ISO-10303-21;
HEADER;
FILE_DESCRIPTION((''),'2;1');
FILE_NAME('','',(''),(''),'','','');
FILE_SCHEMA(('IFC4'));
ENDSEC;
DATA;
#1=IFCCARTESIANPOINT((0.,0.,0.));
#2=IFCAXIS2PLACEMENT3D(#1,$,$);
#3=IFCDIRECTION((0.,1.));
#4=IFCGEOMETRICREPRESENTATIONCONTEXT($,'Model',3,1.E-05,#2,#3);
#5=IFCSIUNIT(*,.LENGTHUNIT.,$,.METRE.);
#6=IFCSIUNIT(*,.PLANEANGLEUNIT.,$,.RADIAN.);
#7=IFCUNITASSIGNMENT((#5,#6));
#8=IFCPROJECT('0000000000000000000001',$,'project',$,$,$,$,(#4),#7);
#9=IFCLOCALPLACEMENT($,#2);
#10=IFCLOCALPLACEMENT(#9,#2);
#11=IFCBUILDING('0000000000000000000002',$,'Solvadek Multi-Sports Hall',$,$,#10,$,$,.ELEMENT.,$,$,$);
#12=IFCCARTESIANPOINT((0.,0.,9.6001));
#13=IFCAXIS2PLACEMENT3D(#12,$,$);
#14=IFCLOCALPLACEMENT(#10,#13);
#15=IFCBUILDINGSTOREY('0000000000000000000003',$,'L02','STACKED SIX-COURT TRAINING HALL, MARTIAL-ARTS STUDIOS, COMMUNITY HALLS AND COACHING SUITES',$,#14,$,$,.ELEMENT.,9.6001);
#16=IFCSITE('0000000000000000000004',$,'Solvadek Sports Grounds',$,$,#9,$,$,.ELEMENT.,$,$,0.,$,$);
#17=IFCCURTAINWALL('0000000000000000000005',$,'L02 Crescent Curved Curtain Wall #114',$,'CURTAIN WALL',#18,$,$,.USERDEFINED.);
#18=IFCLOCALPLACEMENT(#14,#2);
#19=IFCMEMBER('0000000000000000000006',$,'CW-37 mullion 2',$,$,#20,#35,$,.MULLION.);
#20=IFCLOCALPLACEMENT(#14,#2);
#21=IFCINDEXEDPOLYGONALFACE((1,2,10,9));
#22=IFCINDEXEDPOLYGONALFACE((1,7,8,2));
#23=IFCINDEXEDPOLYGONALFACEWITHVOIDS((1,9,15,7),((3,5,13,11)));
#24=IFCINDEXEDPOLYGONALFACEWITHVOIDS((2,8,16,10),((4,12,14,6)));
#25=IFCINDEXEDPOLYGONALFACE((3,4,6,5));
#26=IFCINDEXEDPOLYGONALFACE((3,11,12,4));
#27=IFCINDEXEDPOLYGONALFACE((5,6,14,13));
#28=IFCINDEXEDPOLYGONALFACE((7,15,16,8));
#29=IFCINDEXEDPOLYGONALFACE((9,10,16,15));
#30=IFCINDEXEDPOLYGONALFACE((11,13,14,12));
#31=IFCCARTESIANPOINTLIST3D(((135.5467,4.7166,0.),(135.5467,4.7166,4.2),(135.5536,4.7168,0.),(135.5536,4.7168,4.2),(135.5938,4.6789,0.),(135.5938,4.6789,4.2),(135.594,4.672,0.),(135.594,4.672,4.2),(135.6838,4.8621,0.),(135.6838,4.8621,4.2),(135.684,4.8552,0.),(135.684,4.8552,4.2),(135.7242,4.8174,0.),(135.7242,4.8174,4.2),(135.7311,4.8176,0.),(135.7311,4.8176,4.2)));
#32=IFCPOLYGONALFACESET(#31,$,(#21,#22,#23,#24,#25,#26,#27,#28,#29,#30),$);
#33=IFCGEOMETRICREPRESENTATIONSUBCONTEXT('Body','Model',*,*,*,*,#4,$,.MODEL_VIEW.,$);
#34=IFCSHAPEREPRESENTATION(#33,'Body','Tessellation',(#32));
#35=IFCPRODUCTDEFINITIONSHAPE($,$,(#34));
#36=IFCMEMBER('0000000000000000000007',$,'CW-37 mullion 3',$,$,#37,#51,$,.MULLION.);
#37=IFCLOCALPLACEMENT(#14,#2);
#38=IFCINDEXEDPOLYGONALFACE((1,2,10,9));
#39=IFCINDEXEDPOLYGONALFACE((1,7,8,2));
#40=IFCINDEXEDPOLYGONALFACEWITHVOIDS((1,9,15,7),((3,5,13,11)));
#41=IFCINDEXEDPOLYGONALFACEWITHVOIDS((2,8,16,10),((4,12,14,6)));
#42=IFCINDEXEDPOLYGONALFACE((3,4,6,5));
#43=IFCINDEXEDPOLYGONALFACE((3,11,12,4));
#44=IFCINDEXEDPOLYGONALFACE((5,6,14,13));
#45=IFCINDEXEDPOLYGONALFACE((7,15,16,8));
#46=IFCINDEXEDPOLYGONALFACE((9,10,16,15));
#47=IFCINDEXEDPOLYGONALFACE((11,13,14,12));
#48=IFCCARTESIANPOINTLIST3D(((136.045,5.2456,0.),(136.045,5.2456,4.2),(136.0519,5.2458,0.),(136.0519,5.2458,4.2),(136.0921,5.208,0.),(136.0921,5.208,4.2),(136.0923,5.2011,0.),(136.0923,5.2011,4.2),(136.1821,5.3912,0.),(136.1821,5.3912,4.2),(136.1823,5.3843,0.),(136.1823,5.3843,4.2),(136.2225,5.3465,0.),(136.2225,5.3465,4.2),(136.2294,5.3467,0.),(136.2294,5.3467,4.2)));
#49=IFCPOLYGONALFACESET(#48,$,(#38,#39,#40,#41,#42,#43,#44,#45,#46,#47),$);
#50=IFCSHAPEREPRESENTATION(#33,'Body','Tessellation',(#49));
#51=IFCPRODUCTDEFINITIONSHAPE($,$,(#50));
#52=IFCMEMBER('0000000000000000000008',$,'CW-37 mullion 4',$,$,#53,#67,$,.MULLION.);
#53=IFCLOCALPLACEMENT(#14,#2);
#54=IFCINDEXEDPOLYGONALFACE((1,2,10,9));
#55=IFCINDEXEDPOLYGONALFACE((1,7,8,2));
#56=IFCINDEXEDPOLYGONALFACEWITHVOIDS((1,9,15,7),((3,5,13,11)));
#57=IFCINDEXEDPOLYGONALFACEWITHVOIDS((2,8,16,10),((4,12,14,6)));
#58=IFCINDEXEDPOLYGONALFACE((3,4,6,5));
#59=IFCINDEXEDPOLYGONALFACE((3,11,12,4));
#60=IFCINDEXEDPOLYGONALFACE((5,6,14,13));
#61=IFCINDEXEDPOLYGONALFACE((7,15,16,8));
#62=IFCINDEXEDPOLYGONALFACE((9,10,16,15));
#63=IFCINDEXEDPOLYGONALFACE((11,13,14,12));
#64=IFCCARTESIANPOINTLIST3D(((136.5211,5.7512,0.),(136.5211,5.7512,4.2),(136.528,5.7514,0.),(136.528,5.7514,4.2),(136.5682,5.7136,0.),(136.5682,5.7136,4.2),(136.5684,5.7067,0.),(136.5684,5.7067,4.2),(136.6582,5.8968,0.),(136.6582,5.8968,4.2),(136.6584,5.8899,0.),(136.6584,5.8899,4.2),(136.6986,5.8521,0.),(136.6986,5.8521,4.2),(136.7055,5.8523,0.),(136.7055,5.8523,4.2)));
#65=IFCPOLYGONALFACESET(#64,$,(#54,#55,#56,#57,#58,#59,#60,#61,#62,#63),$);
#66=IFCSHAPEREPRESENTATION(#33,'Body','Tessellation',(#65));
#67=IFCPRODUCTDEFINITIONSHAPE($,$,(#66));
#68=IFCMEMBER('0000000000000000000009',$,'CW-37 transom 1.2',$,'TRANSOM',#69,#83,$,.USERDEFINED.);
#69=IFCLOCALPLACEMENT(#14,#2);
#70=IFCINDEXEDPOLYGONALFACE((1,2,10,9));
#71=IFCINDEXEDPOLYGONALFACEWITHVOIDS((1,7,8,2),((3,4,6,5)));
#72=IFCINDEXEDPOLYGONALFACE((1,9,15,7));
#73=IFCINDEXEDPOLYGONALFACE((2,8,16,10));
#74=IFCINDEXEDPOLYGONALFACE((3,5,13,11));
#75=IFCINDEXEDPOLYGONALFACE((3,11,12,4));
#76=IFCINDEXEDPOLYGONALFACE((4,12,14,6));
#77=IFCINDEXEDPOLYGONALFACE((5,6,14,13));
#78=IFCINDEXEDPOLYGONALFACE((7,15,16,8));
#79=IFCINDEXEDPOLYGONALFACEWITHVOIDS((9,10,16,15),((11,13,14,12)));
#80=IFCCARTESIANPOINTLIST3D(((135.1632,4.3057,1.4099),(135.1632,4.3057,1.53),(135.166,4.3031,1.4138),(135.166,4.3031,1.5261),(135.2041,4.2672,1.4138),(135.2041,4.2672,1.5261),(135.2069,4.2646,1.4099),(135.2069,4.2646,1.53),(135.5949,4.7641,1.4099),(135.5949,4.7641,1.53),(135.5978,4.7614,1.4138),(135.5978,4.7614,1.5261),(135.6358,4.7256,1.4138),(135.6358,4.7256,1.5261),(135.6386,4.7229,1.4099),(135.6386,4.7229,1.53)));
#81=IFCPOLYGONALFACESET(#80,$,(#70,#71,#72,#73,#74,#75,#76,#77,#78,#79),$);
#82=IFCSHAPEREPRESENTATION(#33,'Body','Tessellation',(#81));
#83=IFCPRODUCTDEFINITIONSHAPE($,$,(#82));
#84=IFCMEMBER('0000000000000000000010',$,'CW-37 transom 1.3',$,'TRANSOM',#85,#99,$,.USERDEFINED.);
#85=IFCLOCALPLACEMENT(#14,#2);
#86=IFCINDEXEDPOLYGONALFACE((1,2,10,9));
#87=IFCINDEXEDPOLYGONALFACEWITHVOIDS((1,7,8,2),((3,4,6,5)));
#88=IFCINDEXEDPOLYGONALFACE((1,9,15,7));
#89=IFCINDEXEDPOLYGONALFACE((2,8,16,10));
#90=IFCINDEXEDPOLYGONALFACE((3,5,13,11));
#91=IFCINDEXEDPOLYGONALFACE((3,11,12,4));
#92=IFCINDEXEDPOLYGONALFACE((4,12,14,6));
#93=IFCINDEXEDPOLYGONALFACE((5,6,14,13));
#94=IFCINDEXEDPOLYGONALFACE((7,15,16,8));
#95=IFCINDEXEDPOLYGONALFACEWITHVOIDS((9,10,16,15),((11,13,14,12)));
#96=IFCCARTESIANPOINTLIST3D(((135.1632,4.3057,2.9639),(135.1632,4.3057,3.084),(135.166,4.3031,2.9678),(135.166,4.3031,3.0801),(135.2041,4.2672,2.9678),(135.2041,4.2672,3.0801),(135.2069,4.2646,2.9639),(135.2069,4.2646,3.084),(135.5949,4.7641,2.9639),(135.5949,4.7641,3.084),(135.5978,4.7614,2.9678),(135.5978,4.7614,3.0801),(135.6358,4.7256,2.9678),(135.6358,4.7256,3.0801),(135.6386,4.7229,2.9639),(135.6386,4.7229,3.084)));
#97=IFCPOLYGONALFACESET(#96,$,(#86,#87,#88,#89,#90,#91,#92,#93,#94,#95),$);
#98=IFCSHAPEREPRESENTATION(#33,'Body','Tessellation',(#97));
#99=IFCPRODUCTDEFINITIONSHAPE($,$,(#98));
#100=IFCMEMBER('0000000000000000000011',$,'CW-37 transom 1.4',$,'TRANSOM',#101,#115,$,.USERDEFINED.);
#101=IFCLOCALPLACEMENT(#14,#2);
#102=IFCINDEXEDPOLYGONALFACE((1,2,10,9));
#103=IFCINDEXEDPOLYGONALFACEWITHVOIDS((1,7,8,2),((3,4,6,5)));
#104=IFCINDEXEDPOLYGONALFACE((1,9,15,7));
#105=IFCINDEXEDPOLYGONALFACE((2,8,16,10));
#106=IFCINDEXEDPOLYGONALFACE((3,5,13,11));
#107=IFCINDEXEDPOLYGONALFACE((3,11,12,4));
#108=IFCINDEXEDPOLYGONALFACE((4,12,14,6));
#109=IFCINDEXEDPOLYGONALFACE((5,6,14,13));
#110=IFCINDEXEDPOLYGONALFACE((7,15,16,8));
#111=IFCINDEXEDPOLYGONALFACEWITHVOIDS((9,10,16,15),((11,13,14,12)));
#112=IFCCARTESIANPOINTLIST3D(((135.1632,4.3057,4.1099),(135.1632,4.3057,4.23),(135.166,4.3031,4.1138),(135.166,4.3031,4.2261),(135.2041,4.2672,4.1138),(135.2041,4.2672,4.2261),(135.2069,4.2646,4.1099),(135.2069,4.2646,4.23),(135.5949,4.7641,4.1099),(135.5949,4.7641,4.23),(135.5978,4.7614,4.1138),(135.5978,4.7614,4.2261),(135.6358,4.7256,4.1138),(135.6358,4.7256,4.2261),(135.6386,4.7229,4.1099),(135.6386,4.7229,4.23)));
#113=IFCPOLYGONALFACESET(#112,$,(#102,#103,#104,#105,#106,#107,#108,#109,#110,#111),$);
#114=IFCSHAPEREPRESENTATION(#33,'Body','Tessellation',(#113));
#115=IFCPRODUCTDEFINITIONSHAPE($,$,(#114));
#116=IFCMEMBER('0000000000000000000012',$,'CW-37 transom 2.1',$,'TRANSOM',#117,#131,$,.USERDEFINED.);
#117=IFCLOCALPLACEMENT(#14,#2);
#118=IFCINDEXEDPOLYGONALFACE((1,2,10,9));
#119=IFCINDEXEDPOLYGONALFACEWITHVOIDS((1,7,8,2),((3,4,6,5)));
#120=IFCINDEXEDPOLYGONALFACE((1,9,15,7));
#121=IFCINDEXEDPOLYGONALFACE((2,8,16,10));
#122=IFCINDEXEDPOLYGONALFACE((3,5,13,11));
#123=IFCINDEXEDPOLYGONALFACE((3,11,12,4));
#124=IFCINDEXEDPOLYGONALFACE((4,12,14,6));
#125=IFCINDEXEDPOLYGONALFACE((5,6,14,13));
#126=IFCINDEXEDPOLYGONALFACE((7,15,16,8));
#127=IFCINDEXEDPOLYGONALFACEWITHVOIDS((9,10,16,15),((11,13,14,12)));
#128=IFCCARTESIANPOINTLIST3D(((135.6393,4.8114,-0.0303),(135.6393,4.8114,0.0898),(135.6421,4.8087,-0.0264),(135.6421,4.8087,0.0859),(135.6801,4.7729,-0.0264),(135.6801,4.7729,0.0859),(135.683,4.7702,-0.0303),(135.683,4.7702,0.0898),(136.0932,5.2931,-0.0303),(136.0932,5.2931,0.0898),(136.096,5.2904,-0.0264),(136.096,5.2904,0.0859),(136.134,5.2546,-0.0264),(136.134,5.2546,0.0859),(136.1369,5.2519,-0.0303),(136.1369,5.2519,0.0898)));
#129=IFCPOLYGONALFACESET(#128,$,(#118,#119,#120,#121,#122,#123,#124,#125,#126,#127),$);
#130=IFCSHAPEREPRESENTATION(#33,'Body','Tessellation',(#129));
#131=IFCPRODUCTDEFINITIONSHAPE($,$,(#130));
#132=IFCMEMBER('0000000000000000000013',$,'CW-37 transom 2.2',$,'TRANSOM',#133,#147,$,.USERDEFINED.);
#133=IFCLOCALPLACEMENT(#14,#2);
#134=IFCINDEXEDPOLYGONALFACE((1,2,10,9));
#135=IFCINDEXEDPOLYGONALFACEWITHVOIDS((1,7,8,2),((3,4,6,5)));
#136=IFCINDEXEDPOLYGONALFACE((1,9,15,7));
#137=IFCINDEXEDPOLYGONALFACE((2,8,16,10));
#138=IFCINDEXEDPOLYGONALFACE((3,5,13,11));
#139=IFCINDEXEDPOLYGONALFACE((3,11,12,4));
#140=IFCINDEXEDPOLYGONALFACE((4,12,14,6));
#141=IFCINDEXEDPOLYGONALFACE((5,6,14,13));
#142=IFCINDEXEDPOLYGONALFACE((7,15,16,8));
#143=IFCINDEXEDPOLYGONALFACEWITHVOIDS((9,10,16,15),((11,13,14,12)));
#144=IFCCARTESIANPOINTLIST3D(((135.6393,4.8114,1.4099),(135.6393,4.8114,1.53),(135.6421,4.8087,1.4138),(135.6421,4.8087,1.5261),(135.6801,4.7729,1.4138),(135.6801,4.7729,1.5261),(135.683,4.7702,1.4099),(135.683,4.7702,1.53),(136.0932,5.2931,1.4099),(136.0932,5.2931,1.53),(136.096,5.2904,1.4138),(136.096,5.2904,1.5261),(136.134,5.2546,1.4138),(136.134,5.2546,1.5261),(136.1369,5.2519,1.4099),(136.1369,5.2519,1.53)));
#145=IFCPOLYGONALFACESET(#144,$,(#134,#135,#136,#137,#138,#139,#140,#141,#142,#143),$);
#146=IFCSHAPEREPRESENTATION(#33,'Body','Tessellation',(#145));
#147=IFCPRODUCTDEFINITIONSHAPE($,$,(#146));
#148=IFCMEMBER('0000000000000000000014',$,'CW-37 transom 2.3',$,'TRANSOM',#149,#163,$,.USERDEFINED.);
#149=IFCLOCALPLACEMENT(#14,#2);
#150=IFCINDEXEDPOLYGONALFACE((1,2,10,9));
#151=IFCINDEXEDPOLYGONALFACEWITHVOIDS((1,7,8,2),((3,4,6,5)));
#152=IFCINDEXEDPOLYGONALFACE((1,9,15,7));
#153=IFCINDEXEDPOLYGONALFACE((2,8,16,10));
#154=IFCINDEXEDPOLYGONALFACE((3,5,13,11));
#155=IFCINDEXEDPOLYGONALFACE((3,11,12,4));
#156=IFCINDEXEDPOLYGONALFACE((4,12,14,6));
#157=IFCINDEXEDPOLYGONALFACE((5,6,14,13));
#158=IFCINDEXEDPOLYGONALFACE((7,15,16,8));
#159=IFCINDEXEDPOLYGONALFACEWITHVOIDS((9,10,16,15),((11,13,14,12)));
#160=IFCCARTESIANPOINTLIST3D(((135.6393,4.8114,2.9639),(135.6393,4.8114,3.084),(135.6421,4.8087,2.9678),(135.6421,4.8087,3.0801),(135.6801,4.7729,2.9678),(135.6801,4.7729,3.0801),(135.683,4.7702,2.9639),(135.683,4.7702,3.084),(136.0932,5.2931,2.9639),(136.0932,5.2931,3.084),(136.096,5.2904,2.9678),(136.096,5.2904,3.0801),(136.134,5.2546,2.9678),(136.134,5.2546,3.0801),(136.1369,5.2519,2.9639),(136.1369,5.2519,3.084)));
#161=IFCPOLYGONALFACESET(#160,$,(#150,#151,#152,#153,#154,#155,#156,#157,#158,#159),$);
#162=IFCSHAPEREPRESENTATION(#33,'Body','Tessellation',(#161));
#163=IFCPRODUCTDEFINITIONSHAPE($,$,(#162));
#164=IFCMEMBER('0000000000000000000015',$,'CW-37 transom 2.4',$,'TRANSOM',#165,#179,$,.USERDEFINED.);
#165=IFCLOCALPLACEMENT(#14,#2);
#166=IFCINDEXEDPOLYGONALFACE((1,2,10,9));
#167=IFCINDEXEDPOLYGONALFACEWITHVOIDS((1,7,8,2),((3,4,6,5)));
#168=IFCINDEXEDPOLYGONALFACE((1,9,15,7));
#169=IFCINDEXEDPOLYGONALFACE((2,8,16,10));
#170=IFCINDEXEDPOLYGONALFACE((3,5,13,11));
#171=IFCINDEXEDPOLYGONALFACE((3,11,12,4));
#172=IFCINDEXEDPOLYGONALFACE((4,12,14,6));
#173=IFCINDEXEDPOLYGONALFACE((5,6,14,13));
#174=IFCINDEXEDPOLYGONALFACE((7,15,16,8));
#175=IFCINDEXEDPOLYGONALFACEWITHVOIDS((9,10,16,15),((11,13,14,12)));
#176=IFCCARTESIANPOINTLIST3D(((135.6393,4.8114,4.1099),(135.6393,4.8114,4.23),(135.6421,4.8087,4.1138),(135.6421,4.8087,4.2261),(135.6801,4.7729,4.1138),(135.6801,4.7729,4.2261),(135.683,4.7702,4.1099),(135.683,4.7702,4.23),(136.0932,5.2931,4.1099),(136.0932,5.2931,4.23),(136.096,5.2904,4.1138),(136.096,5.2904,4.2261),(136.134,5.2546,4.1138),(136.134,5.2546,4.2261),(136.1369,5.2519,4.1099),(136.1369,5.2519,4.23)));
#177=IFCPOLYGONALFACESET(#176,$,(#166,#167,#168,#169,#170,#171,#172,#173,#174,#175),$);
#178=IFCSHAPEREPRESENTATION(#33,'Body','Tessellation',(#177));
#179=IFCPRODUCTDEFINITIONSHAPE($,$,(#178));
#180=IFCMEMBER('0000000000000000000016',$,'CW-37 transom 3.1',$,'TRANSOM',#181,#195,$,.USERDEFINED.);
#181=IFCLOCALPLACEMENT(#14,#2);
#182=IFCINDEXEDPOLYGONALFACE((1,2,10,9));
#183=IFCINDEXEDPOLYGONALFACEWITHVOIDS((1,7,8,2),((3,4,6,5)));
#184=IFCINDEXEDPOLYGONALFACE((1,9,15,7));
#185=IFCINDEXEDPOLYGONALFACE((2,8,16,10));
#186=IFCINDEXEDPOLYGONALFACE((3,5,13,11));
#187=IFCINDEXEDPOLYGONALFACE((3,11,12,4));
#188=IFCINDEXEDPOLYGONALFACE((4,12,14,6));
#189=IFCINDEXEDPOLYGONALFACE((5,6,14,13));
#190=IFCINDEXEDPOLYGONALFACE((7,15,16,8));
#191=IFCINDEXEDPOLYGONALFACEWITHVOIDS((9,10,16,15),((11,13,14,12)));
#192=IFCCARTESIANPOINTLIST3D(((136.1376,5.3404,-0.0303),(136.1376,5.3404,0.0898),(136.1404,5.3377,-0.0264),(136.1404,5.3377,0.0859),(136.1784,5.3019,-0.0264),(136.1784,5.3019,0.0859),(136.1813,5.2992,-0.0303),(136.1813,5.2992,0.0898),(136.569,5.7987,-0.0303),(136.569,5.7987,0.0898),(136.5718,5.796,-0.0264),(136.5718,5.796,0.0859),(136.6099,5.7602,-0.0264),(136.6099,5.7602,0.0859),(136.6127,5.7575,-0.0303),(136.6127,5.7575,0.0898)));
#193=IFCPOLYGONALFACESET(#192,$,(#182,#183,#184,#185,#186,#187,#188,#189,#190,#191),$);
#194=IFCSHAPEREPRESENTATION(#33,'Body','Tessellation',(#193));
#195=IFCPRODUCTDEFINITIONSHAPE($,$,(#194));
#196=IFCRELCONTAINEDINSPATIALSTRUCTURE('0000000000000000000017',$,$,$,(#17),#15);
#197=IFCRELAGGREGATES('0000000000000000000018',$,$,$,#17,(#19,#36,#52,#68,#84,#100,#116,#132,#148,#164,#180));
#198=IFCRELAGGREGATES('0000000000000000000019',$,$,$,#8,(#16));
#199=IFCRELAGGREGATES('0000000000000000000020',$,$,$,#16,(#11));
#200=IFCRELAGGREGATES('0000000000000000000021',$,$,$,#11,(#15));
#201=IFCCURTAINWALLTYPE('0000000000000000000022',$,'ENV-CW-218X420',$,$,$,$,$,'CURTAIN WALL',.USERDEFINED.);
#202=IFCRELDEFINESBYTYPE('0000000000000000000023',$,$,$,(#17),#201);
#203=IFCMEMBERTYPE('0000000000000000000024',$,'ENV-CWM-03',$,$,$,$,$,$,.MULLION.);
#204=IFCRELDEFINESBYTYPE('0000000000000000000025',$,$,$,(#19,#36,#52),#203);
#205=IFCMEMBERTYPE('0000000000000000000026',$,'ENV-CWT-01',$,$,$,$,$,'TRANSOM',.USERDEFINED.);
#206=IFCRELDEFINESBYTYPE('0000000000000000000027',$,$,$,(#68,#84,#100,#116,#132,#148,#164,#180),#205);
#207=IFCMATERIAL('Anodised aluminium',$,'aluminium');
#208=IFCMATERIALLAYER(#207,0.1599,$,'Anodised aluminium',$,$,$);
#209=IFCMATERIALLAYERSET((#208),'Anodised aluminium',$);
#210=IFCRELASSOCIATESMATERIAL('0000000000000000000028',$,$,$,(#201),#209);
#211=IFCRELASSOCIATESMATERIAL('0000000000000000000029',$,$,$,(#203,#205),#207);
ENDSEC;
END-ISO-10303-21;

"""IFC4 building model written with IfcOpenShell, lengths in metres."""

from ifc_helpers import new_model, si_unit, direction, frame, origin, origin_2d, place, context, subcontext, project, spatial, hollow_rectangle, extrude, material, layer, layer_set, material_profile, profile_set, type_object, element, aggregate, save


model = new_model("IFC4")

# Units and contexts
model_context = context("Model", 3, precision=1e-05, world=origin(), true_north=direction((0.0, 1.0)))
body_context = subcontext(model_context, "Body", "Model", "MODEL_VIEW")
ifc_project = project(units=[si_unit("LENGTHUNIT", "METRE"), si_unit("PLANEANGLEUNIT", "RADIAN")], contexts=[model_context])

# Site, building, storey
site_placement = place(None, origin())
site = spatial("IfcSite", under=ifc_project, at=site_placement, Name="Solvadek Sports Grounds", CompositionType="ELEMENT", RefElevation=0.0)
building_placement = place(site_placement, origin())
building = spatial("IfcBuilding", under=site, at=building_placement, Name="Solvadek Multi-Sports Hall", CompositionType="ELEMENT")
storey_placement = place(building_placement, frame((0.0, 0.0, 9.6001)))
storey = spatial("IfcBuildingStorey", under=building, at=storey_placement, Name="L02", Description="STACKED SIX-COURT TRAINING HALL, MARTIAL-ARTS STUDIOS, COMMUNITY HALLS AND COACHING SUITES", CompositionType="ELEMENT", Elevation=9.6001)

# Curtain wall, members
ifc_material_1 = material(Name="Anodised aluminium", Category="aluminium")
ifc_layer_1 = layer(ifc_material_1, 0.1599, Name="Anodised aluminium")
ifc_layer_set_1 = layer_set([ifc_layer_1], Name="Anodised aluminium")
curtain_wall_type = type_object("IfcCurtainWallType", Name="ENV-CW-218X420", ElementType="CURTAIN WALL", PredefinedType="USERDEFINED", material=ifc_layer_set_1)
curtain_wall_placement = place(storey_placement, origin())
curtain_wall = element("IfcCurtainWall", 1, at=curtain_wall_placement, inside=storey, type_object=curtain_wall_type, Name="L02 Crescent Curved Curtain Wall #114", ObjectType="CURTAIN WALL", PredefinedType="USERDEFINED")
ifc_material_profile_1 = material_profile(ifc_material_1, hollow_rectangle(XDim=0.0649, YDim=0.2, WallThickness=0.0049, at=origin_2d()), Name="ALU-M 200x65x5")
ifc_profile_set_1 = profile_set([ifc_material_profile_1], Name="Anodised aluminium")
member_type_1 = type_object("IfcMemberType", Name="ENV-CWM-03", PredefinedType="MULLION", material=ifc_profile_set_1)
member_1_placement = place(storey_placement, frame((135.6389, 4.7671, 0.0), z_axis=(0.0, 0.0, 1.0), x_axis=(-0.727999, 0.685578, 0.0)))
member_1 = element("IfcMember", 2, at=member_1_placement, type_object=member_type_1, Name="CW-37 mullion 2", PredefinedType="MULLION", context=body_context, shape_type="SweptSolid", body=[
    extrude(hollow_rectangle(XDim=0.0649, YDim=0.2, WallThickness=0.0049, at=origin_2d()), origin(), (0.0, 0.0, 1.0), 4.2),
])
member_2_placement = place(storey_placement, frame((136.1372, 5.2961, 0.0), z_axis=(0.0, 0.0, 1.0), x_axis=(-0.727999, 0.685578, 0.0)))
member_2 = element("IfcMember", 3, at=member_2_placement, type_object=member_type_1, Name="CW-37 mullion 3", PredefinedType="MULLION", context=body_context, shape_type="SweptSolid", body=[
    extrude(hollow_rectangle(XDim=0.0649, YDim=0.2, WallThickness=0.0049, at=origin_2d()), origin(), (0.0, 0.0, 1.0), 4.2),
])
member_3_placement = place(storey_placement, frame((136.6133, 5.8018, 0.0), z_axis=(0.0, 0.0, 1.0), x_axis=(-0.727999, 0.685578, 0.0)))
member_3 = element("IfcMember", 4, at=member_3_placement, type_object=member_type_1, Name="CW-37 mullion 4", PredefinedType="MULLION", context=body_context, shape_type="SweptSolid", body=[
    extrude(hollow_rectangle(XDim=0.0649, YDim=0.2, WallThickness=0.0049, at=origin_2d()), origin(), (0.0, 0.0, 1.0), 4.2),
])
ifc_material_profile_2 = material_profile(ifc_material_1, hollow_rectangle(XDim=0.0601, YDim=0.1201, WallThickness=0.0039, at=origin_2d()), Name="ALU-T 120x60x4")
ifc_profile_set_2 = profile_set([ifc_material_profile_2], Name="Anodised aluminium")
member_type_2 = type_object("IfcMemberType", Name="ENV-CWT-01", ElementType="TRANSOM", PredefinedType="USERDEFINED", material=ifc_profile_set_2)
member_4_placement = place(storey_placement, frame((135.1851, 4.2852, 1.47), z_axis=(0.685655, 0.727927, 0.0), x_axis=(-0.727927, 0.685655, 0.0)))
member_4 = element("IfcMember", 5, at=member_4_placement, type_object=member_type_2, Name="CW-37 transom 1.2", ObjectType="TRANSOM", PredefinedType="USERDEFINED", context=body_context, shape_type="SweptSolid", body=[
    extrude(hollow_rectangle(XDim=0.0601, YDim=0.1201, WallThickness=0.0039, at=origin_2d()), origin(), (0.0, 0.0, 1.0), 0.6296),
])
member_5_placement = place(storey_placement, frame((135.1851, 4.2852, 3.0239), z_axis=(0.685655, 0.727927, 0.0), x_axis=(-0.727927, 0.685655, 0.0)))
member_5 = element("IfcMember", 6, at=member_5_placement, type_object=member_type_2, Name="CW-37 transom 1.3", ObjectType="TRANSOM", PredefinedType="USERDEFINED", context=body_context, shape_type="SweptSolid", body=[
    extrude(hollow_rectangle(XDim=0.0601, YDim=0.1201, WallThickness=0.0039, at=origin_2d()), origin(), (0.0, 0.0, 1.0), 0.6296),
])
member_6_placement = place(storey_placement, frame((135.1851, 4.2852, 4.1699), z_axis=(0.685655, 0.727927, 0.0), x_axis=(-0.727927, 0.685655, 0.0)))
member_6 = element("IfcMember", 7, at=member_6_placement, type_object=member_type_2, Name="CW-37 transom 1.4", ObjectType="TRANSOM", PredefinedType="USERDEFINED", context=body_context, shape_type="SweptSolid", body=[
    extrude(hollow_rectangle(XDim=0.0601, YDim=0.1201, WallThickness=0.0039, at=origin_2d()), origin(), (0.0, 0.0, 1.0), 0.6296),
])
member_7_placement = place(storey_placement, frame((135.6611, 4.7908, 0.0298), z_axis=(0.685767, 0.727821, 0.0), x_axis=(-0.727821, 0.685767, 0.0)))
member_7 = element("IfcMember", 8, at=member_7_placement, type_object=member_type_2, Name="CW-37 transom 2.1", ObjectType="TRANSOM", PredefinedType="USERDEFINED", context=body_context, shape_type="SweptSolid", body=[
    extrude(hollow_rectangle(XDim=0.0601, YDim=0.1201, WallThickness=0.0039, at=origin_2d()), origin(), (0.0, 0.0, 1.0), 0.6619),
])
member_8_placement = place(storey_placement, frame((135.6611, 4.7908, 1.47), z_axis=(0.685767, 0.727821, 0.0), x_axis=(-0.727821, 0.685767, 0.0)))
member_8 = element("IfcMember", 9, at=member_8_placement, type_object=member_type_2, Name="CW-37 transom 2.2", ObjectType="TRANSOM", PredefinedType="USERDEFINED", context=body_context, shape_type="SweptSolid", body=[
    extrude(hollow_rectangle(XDim=0.0601, YDim=0.1201, WallThickness=0.0039, at=origin_2d()), origin(), (0.0, 0.0, 1.0), 0.6619),
])
member_9_placement = place(storey_placement, frame((135.6611, 4.7908, 3.0239), z_axis=(0.685767, 0.727821, 0.0), x_axis=(-0.727821, 0.685767, 0.0)))
member_9 = element("IfcMember", 10, at=member_9_placement, type_object=member_type_2, Name="CW-37 transom 2.3", ObjectType="TRANSOM", PredefinedType="USERDEFINED", context=body_context, shape_type="SweptSolid", body=[
    extrude(hollow_rectangle(XDim=0.0601, YDim=0.1201, WallThickness=0.0039, at=origin_2d()), origin(), (0.0, 0.0, 1.0), 0.6619),
])
member_10_placement = place(storey_placement, frame((135.6611, 4.7908, 4.1699), z_axis=(0.685767, 0.727821, 0.0), x_axis=(-0.727821, 0.685767, 0.0)))
member_10 = element("IfcMember", 11, at=member_10_placement, type_object=member_type_2, Name="CW-37 transom 2.4", ObjectType="TRANSOM", PredefinedType="USERDEFINED", context=body_context, shape_type="SweptSolid", body=[
    extrude(hollow_rectangle(XDim=0.0601, YDim=0.1201, WallThickness=0.0039, at=origin_2d()), origin(), (0.0, 0.0, 1.0), 0.6619),
])
member_11_placement = place(storey_placement, frame((136.1594, 5.3198, 0.0298), z_axis=(0.685449, 0.72812, 0.0), x_axis=(-0.72812, 0.685449, 0.0)))
member_11 = element("IfcMember", 12, at=member_11_placement, type_object=member_type_2, Name="CW-37 transom 3.1", ObjectType="TRANSOM", PredefinedType="USERDEFINED", context=body_context, shape_type="SweptSolid", body=[
    extrude(hollow_rectangle(XDim=0.0601, YDim=0.1201, WallThickness=0.0039, at=origin_2d()), origin(), (0.0, 0.0, 1.0), 0.6294),
])
aggregate(curtain_wall, [member_1, member_2, member_3, member_4, member_5, member_6, member_7, member_8, member_9, member_10, member_11])

save(model, "model.ifc")
